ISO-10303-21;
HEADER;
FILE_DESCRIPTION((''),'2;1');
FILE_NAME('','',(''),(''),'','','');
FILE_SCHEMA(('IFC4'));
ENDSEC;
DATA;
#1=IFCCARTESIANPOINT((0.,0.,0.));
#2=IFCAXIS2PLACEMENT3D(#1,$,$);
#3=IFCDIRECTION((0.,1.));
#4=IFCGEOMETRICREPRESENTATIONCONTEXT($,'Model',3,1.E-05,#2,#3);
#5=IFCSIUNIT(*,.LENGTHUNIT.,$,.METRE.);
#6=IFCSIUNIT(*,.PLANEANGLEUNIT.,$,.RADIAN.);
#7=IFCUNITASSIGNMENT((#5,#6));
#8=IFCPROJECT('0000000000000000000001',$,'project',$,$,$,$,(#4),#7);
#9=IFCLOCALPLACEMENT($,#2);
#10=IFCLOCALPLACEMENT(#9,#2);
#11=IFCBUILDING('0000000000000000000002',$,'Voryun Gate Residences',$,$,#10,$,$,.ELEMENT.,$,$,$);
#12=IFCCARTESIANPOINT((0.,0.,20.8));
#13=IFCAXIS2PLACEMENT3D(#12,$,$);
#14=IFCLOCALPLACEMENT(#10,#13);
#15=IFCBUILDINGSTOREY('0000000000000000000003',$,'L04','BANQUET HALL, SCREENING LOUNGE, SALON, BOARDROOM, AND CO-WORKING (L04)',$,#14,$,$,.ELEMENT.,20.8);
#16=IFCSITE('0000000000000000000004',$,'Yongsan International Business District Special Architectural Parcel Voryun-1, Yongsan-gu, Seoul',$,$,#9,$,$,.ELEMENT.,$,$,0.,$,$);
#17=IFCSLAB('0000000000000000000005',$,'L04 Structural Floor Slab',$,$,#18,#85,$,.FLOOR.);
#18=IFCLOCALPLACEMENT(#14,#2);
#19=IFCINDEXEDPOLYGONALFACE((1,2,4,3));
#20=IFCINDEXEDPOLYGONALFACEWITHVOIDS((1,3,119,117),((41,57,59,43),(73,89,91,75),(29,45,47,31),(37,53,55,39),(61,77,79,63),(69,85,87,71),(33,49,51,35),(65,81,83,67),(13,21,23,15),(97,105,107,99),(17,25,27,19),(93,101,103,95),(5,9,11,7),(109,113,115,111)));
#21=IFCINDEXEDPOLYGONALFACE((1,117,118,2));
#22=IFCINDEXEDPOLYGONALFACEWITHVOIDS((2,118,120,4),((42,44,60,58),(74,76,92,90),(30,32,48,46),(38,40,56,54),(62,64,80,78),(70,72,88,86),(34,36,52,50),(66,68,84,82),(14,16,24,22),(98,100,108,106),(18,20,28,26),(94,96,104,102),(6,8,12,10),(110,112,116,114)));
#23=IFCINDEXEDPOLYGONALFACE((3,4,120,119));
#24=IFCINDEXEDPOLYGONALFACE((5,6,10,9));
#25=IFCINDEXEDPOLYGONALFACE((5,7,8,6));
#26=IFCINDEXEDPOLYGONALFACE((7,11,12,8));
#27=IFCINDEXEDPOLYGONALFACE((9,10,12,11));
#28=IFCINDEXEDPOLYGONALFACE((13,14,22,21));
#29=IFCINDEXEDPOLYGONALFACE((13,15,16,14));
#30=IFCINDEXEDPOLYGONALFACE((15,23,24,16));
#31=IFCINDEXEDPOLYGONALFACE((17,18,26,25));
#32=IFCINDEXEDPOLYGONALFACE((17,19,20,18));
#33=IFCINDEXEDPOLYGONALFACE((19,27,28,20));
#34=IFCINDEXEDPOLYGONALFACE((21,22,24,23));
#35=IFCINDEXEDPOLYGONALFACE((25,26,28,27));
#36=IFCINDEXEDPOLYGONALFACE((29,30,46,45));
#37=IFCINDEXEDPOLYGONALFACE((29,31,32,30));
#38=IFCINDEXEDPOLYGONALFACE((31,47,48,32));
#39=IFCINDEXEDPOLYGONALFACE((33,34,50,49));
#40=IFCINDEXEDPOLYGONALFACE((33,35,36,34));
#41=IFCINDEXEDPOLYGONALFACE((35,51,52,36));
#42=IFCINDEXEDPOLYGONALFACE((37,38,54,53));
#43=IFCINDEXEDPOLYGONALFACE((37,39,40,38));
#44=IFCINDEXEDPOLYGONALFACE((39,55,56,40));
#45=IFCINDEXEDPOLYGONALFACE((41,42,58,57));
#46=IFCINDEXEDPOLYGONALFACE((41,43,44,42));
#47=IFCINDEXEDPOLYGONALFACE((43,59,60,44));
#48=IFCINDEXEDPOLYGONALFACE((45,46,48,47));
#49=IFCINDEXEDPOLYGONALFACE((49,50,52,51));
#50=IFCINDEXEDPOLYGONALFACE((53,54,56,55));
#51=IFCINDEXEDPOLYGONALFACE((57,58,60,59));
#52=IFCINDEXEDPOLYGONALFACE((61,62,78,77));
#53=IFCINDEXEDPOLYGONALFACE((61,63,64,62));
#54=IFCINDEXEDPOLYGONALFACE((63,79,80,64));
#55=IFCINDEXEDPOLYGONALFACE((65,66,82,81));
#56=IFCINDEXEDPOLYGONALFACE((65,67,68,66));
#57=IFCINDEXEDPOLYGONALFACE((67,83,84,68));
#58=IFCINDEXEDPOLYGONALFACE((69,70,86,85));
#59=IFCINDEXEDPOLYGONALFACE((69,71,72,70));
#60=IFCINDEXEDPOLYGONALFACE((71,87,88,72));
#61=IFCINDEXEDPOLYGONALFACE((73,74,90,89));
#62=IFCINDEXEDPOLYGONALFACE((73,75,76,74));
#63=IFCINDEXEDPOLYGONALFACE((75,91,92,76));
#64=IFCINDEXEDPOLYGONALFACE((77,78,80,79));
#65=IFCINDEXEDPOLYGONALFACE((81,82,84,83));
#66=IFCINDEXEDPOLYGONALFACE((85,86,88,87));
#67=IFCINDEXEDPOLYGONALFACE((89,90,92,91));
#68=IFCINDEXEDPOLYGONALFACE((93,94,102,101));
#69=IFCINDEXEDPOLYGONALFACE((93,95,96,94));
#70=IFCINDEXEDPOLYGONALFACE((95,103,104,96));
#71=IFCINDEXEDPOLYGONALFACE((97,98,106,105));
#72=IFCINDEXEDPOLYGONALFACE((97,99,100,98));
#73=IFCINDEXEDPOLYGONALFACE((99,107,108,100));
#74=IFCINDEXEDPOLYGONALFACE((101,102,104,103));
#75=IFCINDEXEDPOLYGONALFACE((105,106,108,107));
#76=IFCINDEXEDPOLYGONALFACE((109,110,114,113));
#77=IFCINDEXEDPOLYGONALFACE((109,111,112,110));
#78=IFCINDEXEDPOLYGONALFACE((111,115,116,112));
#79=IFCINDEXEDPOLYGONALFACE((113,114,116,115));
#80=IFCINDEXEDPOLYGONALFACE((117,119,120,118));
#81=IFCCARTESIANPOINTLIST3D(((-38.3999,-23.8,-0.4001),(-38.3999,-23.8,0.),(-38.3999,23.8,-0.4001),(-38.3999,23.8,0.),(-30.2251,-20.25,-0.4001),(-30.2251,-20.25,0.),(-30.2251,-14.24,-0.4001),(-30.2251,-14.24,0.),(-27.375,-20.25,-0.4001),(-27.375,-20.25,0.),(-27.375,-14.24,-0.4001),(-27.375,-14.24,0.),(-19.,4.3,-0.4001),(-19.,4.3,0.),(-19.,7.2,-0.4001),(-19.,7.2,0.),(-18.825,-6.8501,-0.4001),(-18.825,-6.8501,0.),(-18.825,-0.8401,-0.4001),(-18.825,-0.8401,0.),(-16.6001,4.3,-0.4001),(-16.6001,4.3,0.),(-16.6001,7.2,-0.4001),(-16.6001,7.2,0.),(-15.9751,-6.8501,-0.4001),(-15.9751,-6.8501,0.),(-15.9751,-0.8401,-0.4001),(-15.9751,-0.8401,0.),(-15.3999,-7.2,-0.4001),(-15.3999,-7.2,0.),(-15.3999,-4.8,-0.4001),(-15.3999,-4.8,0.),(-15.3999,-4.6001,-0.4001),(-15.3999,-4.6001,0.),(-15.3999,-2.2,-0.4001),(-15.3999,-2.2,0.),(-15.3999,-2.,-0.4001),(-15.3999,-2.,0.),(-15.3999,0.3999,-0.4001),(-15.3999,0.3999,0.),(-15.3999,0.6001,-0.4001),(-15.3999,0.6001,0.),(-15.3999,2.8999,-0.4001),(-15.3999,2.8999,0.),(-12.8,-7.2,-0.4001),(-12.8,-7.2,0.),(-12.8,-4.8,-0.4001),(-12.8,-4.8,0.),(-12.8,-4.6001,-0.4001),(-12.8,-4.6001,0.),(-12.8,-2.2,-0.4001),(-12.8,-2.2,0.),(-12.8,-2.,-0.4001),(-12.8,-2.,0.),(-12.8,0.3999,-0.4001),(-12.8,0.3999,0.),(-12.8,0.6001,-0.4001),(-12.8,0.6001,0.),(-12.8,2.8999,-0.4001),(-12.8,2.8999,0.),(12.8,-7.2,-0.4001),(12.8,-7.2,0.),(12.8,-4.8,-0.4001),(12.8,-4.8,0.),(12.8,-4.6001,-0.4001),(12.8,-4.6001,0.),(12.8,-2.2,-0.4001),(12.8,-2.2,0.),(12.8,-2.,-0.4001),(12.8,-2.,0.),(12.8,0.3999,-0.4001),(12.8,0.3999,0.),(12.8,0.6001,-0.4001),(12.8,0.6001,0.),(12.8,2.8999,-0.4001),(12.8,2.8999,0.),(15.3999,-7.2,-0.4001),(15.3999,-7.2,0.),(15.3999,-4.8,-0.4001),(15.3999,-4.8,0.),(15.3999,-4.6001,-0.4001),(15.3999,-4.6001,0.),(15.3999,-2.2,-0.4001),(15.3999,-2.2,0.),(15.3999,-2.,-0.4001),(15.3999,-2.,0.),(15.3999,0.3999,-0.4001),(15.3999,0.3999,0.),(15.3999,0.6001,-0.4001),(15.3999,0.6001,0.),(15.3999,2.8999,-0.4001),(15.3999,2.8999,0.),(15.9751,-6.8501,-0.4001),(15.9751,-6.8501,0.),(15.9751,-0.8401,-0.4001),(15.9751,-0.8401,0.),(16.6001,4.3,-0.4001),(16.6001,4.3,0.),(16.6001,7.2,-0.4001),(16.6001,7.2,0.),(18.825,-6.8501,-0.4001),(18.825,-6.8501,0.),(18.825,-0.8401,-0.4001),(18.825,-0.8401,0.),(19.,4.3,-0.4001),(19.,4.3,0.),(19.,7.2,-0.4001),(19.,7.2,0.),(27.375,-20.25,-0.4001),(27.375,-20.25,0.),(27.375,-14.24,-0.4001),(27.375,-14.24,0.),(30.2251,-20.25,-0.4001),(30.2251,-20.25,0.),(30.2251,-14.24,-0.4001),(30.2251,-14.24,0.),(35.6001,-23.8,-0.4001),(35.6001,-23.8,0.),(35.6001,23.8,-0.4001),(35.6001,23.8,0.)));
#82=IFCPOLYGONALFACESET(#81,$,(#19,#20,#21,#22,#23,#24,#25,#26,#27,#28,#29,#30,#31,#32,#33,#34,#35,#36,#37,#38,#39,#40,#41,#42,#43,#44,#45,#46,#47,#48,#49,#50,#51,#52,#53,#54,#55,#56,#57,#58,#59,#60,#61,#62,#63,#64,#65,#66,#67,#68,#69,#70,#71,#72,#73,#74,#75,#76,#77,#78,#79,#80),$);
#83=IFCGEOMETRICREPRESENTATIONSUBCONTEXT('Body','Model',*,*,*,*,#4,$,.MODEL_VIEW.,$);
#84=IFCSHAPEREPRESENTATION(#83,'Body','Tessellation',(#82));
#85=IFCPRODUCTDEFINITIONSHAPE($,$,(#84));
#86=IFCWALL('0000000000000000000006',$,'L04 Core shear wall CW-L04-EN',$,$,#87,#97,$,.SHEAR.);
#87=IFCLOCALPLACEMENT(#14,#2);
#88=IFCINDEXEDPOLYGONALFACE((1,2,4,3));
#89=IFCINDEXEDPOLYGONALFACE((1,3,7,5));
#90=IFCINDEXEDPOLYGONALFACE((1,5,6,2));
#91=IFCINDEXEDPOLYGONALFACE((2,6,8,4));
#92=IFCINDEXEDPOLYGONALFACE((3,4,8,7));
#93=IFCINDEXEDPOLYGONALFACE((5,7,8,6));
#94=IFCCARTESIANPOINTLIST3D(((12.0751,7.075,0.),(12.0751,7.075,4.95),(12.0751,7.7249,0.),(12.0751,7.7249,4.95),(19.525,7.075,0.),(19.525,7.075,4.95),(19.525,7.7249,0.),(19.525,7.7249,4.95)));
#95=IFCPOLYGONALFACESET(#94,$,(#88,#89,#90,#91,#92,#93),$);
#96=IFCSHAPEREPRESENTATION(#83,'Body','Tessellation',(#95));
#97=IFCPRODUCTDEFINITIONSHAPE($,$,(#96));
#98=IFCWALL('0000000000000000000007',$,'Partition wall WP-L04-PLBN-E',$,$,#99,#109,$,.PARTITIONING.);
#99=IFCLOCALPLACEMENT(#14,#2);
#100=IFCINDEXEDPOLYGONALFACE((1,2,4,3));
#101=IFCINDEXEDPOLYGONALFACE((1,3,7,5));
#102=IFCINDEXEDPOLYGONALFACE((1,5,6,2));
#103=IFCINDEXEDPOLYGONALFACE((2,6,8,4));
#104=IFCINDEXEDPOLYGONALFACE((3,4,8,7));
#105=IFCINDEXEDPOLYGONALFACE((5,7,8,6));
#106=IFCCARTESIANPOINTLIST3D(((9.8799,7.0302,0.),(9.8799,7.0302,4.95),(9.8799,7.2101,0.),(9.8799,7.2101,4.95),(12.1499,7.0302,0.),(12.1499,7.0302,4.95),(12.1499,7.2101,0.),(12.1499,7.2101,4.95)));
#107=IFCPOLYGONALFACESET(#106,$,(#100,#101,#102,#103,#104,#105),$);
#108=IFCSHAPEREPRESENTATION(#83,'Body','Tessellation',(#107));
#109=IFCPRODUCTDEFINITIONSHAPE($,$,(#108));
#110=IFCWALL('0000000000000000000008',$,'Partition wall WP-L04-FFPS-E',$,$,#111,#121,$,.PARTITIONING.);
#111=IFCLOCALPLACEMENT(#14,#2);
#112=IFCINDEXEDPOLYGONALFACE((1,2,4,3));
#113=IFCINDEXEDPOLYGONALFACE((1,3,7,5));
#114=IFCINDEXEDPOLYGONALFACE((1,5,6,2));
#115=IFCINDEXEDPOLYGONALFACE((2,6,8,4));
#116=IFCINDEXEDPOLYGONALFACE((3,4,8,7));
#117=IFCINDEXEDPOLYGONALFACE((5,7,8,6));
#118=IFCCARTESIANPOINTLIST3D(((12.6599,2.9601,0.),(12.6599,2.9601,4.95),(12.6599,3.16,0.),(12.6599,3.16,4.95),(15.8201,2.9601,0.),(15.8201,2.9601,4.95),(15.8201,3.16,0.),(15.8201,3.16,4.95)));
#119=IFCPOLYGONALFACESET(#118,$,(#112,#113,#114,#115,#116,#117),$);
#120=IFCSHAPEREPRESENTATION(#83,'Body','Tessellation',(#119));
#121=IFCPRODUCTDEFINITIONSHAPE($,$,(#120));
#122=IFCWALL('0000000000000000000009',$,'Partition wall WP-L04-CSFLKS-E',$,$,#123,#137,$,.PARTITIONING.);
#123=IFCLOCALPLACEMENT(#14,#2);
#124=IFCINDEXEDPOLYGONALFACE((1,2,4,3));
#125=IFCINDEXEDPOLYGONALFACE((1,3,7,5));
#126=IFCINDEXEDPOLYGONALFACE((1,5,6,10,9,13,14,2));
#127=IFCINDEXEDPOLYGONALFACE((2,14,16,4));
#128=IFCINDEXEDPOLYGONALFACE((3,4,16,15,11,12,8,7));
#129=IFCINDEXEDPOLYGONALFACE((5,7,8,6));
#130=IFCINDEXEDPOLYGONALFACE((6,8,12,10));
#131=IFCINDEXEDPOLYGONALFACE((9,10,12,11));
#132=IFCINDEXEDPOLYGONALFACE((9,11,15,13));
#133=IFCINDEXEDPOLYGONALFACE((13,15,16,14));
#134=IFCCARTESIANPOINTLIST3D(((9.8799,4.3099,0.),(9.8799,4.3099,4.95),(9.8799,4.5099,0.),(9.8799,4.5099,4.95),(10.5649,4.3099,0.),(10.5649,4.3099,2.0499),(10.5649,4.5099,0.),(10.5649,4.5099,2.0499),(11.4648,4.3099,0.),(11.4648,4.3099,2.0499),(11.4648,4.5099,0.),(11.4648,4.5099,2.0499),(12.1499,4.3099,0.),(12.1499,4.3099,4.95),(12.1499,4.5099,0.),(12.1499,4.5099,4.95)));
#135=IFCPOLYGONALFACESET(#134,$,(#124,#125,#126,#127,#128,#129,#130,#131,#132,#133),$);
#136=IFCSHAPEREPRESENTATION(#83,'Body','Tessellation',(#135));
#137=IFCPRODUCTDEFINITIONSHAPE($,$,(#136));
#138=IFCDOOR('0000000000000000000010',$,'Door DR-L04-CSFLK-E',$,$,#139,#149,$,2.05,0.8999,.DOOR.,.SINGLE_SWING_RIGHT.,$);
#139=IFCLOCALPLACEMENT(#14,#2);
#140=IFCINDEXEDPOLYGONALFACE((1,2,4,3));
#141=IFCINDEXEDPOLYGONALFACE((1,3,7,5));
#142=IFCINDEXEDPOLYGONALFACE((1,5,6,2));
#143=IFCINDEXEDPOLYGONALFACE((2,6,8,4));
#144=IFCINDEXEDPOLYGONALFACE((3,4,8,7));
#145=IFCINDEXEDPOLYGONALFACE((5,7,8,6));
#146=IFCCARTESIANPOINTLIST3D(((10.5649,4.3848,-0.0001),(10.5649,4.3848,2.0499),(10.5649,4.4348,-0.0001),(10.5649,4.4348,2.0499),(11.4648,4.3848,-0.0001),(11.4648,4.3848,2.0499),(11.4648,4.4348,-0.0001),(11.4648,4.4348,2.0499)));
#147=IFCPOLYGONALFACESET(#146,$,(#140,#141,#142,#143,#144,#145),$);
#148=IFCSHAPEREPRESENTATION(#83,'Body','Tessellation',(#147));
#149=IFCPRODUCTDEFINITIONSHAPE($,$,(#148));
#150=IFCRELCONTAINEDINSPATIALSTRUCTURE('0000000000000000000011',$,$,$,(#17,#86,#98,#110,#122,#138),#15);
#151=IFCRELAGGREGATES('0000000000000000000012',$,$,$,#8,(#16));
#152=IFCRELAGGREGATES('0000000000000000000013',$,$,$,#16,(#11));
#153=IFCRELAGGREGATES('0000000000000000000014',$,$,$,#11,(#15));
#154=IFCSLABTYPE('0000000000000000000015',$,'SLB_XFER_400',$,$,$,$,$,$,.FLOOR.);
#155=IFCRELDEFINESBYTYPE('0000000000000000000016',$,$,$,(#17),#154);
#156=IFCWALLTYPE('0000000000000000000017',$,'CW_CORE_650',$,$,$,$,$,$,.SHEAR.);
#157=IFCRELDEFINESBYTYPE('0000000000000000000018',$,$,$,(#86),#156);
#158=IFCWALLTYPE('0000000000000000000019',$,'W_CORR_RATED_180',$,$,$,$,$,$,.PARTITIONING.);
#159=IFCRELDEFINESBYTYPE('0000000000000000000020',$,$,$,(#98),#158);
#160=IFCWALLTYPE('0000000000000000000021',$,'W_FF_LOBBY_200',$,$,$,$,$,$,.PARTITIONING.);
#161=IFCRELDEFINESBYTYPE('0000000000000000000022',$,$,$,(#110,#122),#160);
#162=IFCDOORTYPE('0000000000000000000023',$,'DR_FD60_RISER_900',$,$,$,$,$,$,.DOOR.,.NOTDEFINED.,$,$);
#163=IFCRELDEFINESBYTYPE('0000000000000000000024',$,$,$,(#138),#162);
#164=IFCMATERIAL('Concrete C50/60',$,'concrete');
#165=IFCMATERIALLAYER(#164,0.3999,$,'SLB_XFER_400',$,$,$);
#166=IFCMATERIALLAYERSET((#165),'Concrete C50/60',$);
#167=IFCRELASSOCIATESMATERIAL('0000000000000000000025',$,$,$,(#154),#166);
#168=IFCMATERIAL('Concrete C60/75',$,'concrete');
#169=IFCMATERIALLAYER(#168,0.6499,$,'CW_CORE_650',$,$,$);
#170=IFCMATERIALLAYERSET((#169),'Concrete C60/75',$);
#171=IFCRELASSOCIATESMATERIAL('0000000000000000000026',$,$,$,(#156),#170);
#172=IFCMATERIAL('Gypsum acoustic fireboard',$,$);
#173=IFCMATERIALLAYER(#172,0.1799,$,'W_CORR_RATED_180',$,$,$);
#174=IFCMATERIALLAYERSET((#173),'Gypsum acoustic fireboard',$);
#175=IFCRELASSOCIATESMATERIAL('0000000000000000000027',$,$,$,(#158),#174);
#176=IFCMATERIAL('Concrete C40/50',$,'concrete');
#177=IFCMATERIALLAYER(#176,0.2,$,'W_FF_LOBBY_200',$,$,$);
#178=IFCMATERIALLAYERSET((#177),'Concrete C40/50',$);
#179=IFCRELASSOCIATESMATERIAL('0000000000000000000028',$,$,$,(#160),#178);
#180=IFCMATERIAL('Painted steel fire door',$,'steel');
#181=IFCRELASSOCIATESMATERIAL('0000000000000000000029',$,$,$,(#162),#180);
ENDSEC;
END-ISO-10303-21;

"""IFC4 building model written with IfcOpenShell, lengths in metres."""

from ifc_helpers import new_model, si_unit, direction, frame, frame_2d, origin, place, context, subcontext, project, spatial, polyline, rectangle, outline, extrude, material, layer, layer_set, type_object, element, fill, save


model = new_model("IFC4")

# Units and contexts
model_context = context("Model", 3, precision=1e-05, world=origin(), true_north=direction((0.0, 1.0)))
body_context = subcontext(model_context, "Body", "Model", "MODEL_VIEW")
ifc_project = project(units=[si_unit("LENGTHUNIT", "METRE"), si_unit("PLANEANGLEUNIT", "RADIAN")], contexts=[model_context])

# Site, building, storey
site_placement = place(None, origin())
site = spatial("IfcSite", under=ifc_project, at=site_placement, Name="Yongsan International Business District Special Architectural Parcel Voryun-1, Yongsan-gu, Seoul", CompositionType="ELEMENT", RefElevation=0.0)
building_placement = place(site_placement, origin())
building = spatial("IfcBuilding", under=site, at=building_placement, Name="Voryun Gate Residences", CompositionType="ELEMENT")
storey_placement = place(building_placement, frame((0.0, 0.0, 20.8)))
storey = spatial("IfcBuildingStorey", under=building, at=storey_placement, Name="L04", Description="BANQUET HALL, SCREENING LOUNGE, SALON, BOARDROOM, AND CO-WORKING (L04)", CompositionType="ELEMENT", Elevation=20.8)

# Slab
ifc_material_1 = material(Name="Concrete C50/60", Category="concrete")
ifc_layer_1 = layer(ifc_material_1, 0.3999, Name="SLB_XFER_400")
ifc_layer_set_1 = layer_set([ifc_layer_1], Name="Concrete C50/60")
slab_type_1 = type_object("IfcSlabType", Name="SLB_XFER_400", PredefinedType="FLOOR", material=ifc_layer_set_1)
slab_1_placement = place(storey_placement, frame((0.0, 0.0, -0.4001)))
element("IfcSlab", 1, at=slab_1_placement, inside=storey, type_object=slab_type_1, Name="L04 Structural Floor Slab", PredefinedType="FLOOR", context=body_context, shape_type="SweptSolid", body=[
    extrude(outline(polyline([(-38.3999, 23.8), (35.6001, 23.8), (35.6001, -23.8), (-38.3999, -23.8), (-38.3999, 23.8)]), holes=[polyline([(-27.375, -20.25), (-27.375, -14.24), (-30.2251, -14.24), (-30.2251, -20.25), (-27.375, -20.25)]), polyline([(-12.8, -7.2), (-12.8, -4.8), (-15.3999, -4.8), (-15.3999, -7.2), (-12.8, -7.2)]), polyline([(-18.825, -6.8501), (-15.9751, -6.8501), (-15.9751, -0.8401), (-18.825, -0.8401), (-18.825, -6.8501)]), polyline([(-12.8, -4.6001), (-12.8, -2.2), (-15.3999, -2.2), (-15.3999, -4.6001), (-12.8, -4.6001)]), polyline([(-12.8, -2.0), (-12.8, 0.3999), (-15.3999, 0.3999), (-15.3999, -2.0), (-12.8, -2.0)]), polyline([(-12.8, 0.6001), (-12.8, 2.8999), (-15.3999, 2.8999), (-15.3999, 0.6001), (-12.8, 0.6001)]), polyline([(-16.6001, 4.3), (-16.6001, 7.2), (-19.0, 7.2), (-19.0, 4.3), (-16.6001, 4.3)]), polyline([(30.2251, -20.25), (30.2251, -14.24), (27.375, -14.24), (27.375, -20.25), (30.2251, -20.25)]), polyline([(15.3999, -7.2), (15.3999, -4.8), (12.8, -4.8), (12.8, -7.2), (15.3999, -7.2)]), polyline([(15.9751, -6.8501), (18.825, -6.8501), (18.825, -0.8401), (15.9751, -0.8401), (15.9751, -6.8501)]), polyline([(15.3999, -4.6001), (15.3999, -2.2), (12.8, -2.2), (12.8, -4.6001), (15.3999, -4.6001)]), polyline([(15.3999, -2.0), (15.3999, 0.3999), (12.8, 0.3999), (12.8, -2.0), (15.3999, -2.0)]), polyline([(15.3999, 0.6001), (15.3999, 2.8999), (12.8, 2.8999), (12.8, 0.6001), (15.3999, 0.6001)]), polyline([(19.0, 4.3), (19.0, 7.2), (16.6001, 7.2), (16.6001, 4.3), (19.0, 4.3)])]), origin(), (0.0, 0.0, 1.0), 0.4001),
])

# Walls
ifc_material_2 = material(Name="Concrete C60/75", Category="concrete")
ifc_layer_2 = layer(ifc_material_2, 0.6499, Name="CW_CORE_650")
ifc_layer_set_2 = layer_set([ifc_layer_2], Name="Concrete C60/75")
wall_type_1 = type_object("IfcWallType", Name="CW_CORE_650", PredefinedType="SHEAR", material=ifc_layer_set_2)
wall_1_placement = place(storey_placement, frame((12.075, 7.3999, 0.0), z_axis=(0.0, 0.0, 1.0), x_axis=(1.0, 0.0, 0.0)))
element("IfcWall", 2, at=wall_1_placement, inside=storey, type_object=wall_type_1, Name="L04 Core shear wall CW-L04-EN", PredefinedType="SHEAR", context=body_context, shape_type="SweptSolid", body=[
    extrude(rectangle(XDim=7.45, YDim=0.6499, at=frame_2d((3.7251, 0.0))), origin(), (0.0, 0.0, 1.0), 4.95),
])
ifc_material_3 = material(Name="Gypsum acoustic fireboard")
ifc_layer_3 = layer(ifc_material_3, 0.1799, Name="W_CORR_RATED_180")
ifc_layer_set_3 = layer_set([ifc_layer_3], Name="Gypsum acoustic fireboard")
wall_type_2 = type_object("IfcWallType", Name="W_CORR_RATED_180", PredefinedType="PARTITIONING", material=ifc_layer_set_3)
wall_2_placement = place(storey_placement, frame((9.8799, 7.1201, 0.0), z_axis=(0.0, 0.0, 1.0), x_axis=(1.0, 0.0, 0.0)))
element("IfcWall", 3, at=wall_2_placement, inside=storey, type_object=wall_type_2, Name="Partition wall WP-L04-PLBN-E", PredefinedType="PARTITIONING", context=body_context, shape_type="SweptSolid", body=[
    extrude(rectangle(XDim=2.27, YDim=0.1799, at=frame_2d((1.135, 0.0))), origin(), (0.0, 0.0, 1.0), 4.95),
])
ifc_material_4 = material(Name="Concrete C40/50", Category="concrete")
ifc_layer_4 = layer(ifc_material_4, 0.2, Name="W_FF_LOBBY_200")
ifc_layer_set_4 = layer_set([ifc_layer_4], Name="Concrete C40/50")
wall_type_3 = type_object("IfcWallType", Name="W_FF_LOBBY_200", PredefinedType="PARTITIONING", material=ifc_layer_set_4)
wall_3_placement = place(storey_placement, frame((12.6599, 3.0601, 0.0), z_axis=(0.0, 0.0, 1.0), x_axis=(1.0, 0.0, 0.0)))
element("IfcWall", 4, at=wall_3_placement, inside=storey, type_object=wall_type_3, Name="Partition wall WP-L04-FFPS-E", PredefinedType="PARTITIONING", context=body_context, shape_type="SweptSolid", body=[
    extrude(rectangle(XDim=3.1602, YDim=0.2, at=frame_2d((1.5801, 0.0))), origin(), (0.0, 0.0, 1.0), 4.95),
])

# Wall, opening, door
wall_4_placement = place(storey_placement, frame((9.8799, 4.4099, 0.0), z_axis=(0.0, 0.0, 1.0), x_axis=(1.0, 0.0, 0.0)))
wall_4 = element("IfcWall", 5, at=wall_4_placement, inside=storey, type_object=wall_type_3, Name="Partition wall WP-L04-CSFLKS-E", PredefinedType="PARTITIONING", context=body_context, shape_type="SweptSolid", body=[
    extrude(rectangle(XDim=2.27, YDim=0.2, at=frame_2d((1.135, 0.0))), origin(), (0.0, 0.0, 1.0), 4.95),
])
opening_placement = place(wall_4_placement, frame((0.6851, 0.0, 0.0)))
opening = element("IfcOpeningElement", 6, at=opening_placement, cuts=wall_4, PredefinedType="OPENING", context=body_context, shape_type="SweptSolid", body=[
    extrude(rectangle(XDim=0.8999, YDim=2.05, at=frame_2d((0.45, 1.0249))), frame((0.0, 0.1101, 0.0), z_axis=(0.0, -1.0, 0.0), x_axis=(1.0, 0.0, 0.0)), (0.0, 0.0, 1.0), 0.22),
])
ifc_material_5 = material(Name="Painted steel fire door", Category="steel")
door_type = type_object("IfcDoorType", Name="DR_FD60_RISER_900", OperationType="NOTDEFINED", PredefinedType="DOOR", material=ifc_material_5)
door_placement = place(opening_placement, origin())
door = element("IfcDoor", 7, at=door_placement, inside=storey, type_object=door_type, Name="Door DR-L04-CSFLK-E", OperationType="SINGLE_SWING_RIGHT", OverallHeight=2.05, OverallWidth=0.8999, PredefinedType="DOOR", context=body_context, shape_type="SweptSolid", body=[
    extrude(rectangle(XDim=0.8999, YDim=2.05, at=frame_2d((0.45, 1.0249))), frame((0.0, 0.0249, 0.0), z_axis=(0.0, -1.0, 0.0), x_axis=(1.0, 0.0, 0.0)), (0.0, 0.0, 1.0), 0.05),
])
fill(opening, door)

save(model, "model.ifc")
